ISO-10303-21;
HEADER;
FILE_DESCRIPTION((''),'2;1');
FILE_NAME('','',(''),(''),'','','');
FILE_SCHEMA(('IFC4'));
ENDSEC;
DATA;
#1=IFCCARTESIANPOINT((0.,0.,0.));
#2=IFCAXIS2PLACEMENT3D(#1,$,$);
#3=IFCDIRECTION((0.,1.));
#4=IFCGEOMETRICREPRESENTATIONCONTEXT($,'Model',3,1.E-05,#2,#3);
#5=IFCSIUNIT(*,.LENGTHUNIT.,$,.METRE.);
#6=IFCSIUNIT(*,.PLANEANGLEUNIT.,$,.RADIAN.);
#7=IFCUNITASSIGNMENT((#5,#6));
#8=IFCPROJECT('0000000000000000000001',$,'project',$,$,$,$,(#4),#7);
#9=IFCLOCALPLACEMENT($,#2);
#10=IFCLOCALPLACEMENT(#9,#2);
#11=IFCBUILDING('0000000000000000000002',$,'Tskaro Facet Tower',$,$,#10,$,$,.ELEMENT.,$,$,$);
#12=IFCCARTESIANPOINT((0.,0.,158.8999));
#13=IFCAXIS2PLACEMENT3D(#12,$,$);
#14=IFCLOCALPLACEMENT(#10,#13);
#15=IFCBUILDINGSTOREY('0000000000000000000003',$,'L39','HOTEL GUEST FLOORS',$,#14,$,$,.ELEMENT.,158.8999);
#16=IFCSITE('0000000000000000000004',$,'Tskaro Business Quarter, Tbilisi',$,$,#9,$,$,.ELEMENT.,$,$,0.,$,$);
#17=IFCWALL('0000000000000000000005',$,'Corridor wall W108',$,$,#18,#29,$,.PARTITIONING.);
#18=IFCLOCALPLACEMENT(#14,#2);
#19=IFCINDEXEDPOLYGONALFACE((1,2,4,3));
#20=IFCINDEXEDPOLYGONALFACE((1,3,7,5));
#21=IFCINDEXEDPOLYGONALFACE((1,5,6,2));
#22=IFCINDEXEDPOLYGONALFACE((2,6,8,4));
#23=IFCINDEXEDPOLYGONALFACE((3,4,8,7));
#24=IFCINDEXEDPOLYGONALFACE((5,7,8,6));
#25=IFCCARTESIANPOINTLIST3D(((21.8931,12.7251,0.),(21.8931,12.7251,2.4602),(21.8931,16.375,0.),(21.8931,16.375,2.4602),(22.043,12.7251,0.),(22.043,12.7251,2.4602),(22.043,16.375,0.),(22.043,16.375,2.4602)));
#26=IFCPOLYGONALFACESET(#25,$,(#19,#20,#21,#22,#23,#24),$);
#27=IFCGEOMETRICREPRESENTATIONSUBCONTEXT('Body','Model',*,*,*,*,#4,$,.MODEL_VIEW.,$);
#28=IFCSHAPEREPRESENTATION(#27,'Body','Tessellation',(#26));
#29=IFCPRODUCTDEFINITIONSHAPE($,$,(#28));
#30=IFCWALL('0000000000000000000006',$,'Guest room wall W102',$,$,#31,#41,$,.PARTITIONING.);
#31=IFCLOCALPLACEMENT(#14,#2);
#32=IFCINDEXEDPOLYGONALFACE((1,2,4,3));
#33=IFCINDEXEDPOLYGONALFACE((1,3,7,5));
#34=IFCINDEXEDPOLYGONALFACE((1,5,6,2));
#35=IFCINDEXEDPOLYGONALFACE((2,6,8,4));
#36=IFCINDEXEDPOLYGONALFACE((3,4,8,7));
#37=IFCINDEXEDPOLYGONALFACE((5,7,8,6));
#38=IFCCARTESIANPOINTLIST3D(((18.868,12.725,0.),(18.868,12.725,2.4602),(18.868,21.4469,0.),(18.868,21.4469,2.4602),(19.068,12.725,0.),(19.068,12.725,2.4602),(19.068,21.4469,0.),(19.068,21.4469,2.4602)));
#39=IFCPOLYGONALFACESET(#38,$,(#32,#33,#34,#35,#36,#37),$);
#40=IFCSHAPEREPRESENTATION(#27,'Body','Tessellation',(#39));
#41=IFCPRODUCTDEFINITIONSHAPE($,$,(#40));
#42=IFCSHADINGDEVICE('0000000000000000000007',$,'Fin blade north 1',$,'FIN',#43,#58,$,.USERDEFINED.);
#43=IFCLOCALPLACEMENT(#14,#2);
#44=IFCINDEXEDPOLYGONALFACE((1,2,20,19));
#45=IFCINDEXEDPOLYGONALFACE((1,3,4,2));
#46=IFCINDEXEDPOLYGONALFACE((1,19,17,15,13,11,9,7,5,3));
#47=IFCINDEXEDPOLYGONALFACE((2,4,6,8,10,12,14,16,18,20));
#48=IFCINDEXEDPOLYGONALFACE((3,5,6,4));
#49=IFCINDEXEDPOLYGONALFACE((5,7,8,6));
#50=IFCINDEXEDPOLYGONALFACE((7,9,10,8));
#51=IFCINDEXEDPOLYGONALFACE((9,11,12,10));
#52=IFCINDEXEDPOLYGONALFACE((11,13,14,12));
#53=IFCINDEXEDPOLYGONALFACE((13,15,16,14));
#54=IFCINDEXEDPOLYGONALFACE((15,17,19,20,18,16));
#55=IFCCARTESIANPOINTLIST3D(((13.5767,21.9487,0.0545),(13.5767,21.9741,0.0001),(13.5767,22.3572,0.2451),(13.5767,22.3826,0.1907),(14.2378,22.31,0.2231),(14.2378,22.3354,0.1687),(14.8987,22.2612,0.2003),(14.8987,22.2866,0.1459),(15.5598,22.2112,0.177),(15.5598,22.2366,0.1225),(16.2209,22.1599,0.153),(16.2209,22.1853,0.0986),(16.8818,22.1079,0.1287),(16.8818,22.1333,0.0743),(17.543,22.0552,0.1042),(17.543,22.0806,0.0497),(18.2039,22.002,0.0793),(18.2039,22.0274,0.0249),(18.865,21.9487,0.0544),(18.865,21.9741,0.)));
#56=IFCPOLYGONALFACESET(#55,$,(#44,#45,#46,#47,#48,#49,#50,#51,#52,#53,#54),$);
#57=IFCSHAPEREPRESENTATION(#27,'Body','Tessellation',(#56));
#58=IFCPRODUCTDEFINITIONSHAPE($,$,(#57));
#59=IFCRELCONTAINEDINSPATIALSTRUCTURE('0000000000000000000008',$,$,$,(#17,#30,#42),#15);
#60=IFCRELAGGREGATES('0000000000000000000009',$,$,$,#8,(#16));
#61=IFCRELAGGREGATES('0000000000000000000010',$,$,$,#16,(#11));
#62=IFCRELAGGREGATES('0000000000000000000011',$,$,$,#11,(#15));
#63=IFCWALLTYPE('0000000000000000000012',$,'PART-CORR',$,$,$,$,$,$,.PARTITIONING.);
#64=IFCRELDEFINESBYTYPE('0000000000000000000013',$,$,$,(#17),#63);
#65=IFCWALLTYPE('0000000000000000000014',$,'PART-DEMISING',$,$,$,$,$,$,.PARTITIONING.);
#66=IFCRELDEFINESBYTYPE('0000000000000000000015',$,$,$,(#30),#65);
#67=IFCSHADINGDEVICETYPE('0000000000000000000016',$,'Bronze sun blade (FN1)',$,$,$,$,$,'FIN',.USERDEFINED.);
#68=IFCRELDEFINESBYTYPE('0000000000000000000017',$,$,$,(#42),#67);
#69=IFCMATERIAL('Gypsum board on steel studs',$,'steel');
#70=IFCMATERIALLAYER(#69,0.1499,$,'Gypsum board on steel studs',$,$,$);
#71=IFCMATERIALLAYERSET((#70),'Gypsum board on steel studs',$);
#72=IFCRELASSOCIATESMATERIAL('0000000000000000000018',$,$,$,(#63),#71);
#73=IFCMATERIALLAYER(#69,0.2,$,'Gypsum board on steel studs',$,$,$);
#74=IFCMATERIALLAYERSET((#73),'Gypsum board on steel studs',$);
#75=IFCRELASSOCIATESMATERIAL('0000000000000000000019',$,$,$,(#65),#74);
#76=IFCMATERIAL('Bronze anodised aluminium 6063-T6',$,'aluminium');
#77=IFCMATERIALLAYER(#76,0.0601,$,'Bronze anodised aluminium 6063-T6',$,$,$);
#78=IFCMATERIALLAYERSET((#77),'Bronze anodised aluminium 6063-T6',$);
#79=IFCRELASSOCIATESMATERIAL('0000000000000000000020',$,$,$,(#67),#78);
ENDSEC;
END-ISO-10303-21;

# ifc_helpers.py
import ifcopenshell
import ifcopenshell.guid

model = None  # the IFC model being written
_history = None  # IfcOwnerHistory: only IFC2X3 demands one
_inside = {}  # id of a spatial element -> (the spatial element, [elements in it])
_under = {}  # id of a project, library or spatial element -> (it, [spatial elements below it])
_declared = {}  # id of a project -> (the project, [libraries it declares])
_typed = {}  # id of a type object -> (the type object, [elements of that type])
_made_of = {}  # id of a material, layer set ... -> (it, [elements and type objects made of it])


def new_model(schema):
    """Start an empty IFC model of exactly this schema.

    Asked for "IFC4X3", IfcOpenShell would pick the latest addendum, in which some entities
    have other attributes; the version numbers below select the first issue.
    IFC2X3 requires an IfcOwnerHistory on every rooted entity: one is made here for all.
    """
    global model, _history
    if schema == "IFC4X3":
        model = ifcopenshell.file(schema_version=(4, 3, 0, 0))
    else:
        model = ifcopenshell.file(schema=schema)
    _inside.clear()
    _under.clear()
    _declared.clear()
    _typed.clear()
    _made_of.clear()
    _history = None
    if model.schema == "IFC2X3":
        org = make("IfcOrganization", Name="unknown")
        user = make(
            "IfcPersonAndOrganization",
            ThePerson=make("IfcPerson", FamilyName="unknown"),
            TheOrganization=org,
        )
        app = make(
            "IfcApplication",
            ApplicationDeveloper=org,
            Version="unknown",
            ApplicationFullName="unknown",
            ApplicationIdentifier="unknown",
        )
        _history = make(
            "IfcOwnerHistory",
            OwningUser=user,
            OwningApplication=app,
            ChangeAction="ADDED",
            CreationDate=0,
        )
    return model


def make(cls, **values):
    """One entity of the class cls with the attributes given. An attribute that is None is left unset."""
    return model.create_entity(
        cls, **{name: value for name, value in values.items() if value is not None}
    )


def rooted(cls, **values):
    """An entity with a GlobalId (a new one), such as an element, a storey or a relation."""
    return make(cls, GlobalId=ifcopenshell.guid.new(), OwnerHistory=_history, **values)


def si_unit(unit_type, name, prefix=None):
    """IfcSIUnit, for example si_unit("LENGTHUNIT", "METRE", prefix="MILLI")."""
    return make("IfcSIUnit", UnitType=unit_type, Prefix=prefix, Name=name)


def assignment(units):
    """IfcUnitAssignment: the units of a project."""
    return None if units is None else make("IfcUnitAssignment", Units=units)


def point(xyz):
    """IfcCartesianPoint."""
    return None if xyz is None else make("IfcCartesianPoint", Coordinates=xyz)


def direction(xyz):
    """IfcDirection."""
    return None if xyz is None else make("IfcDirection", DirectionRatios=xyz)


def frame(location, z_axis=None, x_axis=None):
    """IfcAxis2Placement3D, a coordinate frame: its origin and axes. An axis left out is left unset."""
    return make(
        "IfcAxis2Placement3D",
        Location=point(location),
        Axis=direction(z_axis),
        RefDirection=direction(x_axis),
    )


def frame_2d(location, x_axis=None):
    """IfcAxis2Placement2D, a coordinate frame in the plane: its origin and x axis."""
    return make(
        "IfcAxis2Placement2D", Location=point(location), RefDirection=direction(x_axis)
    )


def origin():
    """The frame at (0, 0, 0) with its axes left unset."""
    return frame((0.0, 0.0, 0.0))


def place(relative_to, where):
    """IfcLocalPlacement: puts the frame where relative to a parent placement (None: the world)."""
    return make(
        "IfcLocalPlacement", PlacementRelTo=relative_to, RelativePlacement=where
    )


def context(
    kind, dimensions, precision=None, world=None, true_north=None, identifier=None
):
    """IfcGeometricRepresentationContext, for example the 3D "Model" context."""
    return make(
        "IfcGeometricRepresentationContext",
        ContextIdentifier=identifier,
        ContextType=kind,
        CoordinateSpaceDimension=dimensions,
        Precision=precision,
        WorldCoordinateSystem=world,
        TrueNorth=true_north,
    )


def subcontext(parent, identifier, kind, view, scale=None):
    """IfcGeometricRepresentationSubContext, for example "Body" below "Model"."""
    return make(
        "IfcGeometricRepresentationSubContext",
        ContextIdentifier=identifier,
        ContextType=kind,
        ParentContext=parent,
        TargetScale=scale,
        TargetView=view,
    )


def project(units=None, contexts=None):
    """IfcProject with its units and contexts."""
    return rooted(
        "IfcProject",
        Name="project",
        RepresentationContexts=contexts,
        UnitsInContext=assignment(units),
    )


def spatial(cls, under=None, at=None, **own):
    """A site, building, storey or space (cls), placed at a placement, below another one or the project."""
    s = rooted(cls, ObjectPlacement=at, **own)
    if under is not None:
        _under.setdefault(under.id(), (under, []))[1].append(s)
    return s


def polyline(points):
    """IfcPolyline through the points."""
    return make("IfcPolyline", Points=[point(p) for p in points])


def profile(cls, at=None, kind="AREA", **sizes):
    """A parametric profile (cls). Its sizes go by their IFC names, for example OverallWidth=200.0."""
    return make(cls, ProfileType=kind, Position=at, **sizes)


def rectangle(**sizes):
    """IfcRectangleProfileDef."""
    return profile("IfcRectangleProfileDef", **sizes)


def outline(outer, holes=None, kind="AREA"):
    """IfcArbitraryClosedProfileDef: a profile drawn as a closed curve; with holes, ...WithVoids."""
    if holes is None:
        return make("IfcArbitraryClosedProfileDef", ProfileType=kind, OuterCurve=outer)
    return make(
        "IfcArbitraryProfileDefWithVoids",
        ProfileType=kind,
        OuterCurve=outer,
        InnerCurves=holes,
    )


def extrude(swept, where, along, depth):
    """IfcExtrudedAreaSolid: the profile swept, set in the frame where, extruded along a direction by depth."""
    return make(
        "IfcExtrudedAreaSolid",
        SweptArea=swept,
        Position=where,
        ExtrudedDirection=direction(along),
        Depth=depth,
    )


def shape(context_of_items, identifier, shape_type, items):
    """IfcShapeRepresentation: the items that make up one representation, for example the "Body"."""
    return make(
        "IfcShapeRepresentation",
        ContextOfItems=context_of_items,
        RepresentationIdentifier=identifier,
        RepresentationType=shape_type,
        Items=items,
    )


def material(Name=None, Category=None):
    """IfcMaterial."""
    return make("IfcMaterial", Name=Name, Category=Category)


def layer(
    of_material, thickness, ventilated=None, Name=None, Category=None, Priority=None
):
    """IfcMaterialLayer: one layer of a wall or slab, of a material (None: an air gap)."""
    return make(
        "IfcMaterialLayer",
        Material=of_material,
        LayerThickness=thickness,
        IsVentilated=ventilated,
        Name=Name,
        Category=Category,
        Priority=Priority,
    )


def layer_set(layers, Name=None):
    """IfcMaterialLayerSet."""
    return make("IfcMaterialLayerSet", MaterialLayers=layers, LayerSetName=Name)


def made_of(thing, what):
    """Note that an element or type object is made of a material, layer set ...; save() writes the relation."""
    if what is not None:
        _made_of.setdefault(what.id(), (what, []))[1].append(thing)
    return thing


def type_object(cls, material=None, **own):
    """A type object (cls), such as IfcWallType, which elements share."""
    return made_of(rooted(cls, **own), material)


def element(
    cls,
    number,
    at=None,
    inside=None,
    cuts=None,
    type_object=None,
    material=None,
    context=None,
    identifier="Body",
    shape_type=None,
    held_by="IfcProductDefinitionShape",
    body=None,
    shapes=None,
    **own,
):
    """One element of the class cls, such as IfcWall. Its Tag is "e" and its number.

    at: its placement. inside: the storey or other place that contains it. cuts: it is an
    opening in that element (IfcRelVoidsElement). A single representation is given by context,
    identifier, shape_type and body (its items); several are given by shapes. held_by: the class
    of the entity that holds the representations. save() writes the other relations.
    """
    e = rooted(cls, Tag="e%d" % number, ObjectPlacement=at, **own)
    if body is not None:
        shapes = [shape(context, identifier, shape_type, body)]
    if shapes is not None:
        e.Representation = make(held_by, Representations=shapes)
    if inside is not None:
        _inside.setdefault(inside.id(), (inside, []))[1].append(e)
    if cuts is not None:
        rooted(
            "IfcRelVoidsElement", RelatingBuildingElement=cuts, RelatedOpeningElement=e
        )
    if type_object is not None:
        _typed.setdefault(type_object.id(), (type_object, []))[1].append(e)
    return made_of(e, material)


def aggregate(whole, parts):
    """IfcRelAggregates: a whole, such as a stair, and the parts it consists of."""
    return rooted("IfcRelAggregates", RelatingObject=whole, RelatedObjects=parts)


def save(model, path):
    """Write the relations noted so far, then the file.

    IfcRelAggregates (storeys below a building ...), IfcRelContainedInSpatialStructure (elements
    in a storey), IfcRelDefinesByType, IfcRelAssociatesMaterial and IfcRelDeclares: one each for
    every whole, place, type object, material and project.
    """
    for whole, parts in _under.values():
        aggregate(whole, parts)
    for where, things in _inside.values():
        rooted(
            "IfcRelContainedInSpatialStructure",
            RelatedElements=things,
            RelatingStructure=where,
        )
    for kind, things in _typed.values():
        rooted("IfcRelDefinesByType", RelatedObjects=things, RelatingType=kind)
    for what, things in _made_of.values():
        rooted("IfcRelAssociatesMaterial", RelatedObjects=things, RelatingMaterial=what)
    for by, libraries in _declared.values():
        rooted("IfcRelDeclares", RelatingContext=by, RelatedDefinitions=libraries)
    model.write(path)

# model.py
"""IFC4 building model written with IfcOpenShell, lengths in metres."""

from ifc_helpers import new_model, si_unit, direction, frame, frame_2d, origin, place, context, subcontext, project, spatial, polyline, rectangle, outline, extrude, material, layer, layer_set, type_object, element, save


model = new_model("IFC4")

# Units and contexts
model_context = context("Model", 3, precision=1e-05, world=origin(), true_north=direction((0.0, 1.0)))
body_context = subcontext(model_context, "Body", "Model", "MODEL_VIEW")
ifc_project = project(units=[si_unit("LENGTHUNIT", "METRE"), si_unit("PLANEANGLEUNIT", "RADIAN")], contexts=[model_context])

# Site, building, storey
site_placement = place(None, origin())
site = spatial("IfcSite", under=ifc_project, at=site_placement, Name="Tskaro Business Quarter, Tbilisi", CompositionType="ELEMENT", RefElevation=0.0)
building_placement = place(site_placement, origin())
building = spatial("IfcBuilding", under=site, at=building_placement, Name="Tskaro Facet Tower", CompositionType="ELEMENT")
storey_placement = place(building_placement, frame((0.0, 0.0, 158.8999)))
storey = spatial("IfcBuildingStorey", under=building, at=storey_placement, Name="L39", Description="HOTEL GUEST FLOORS", CompositionType="ELEMENT", Elevation=158.8999)

# Shared definitions
ifc_material_1 = material(Name="Bronze anodised aluminium 6063-T6", Category="aluminium")

# Shared definitions
ifc_material_2 = material(Name="Gypsum board on steel studs", Category="steel")
ifc_layer_1 = layer(ifc_material_2, 0.1499, Name="Gypsum board on steel studs")
ifc_layer_set_1 = layer_set([ifc_layer_1], Name="Gypsum board on steel studs")
wall_type_1 = type_object("IfcWallType", Name="PART-CORR", PredefinedType="PARTITIONING", material=ifc_layer_set_1)

# Walls
wall_1_placement = place(storey_placement, frame((21.968, 12.7251, 0.0), z_axis=(0.0, 0.0, 1.0), x_axis=(0.0, 1.0, 0.0)))
element("IfcWall", 1, at=wall_1_placement, inside=storey, type_object=wall_type_1, Name="Corridor wall W108", PredefinedType="PARTITIONING", context=body_context, shape_type="SweptSolid", body=[
    extrude(rectangle(XDim=3.6499, YDim=0.1499, at=frame_2d((1.825, 0.0))), origin(), (0.0, 0.0, 1.0), 2.4602),
])
ifc_layer_2 = layer(ifc_material_2, 0.2, Name="Gypsum board on steel studs")
ifc_layer_set_2 = layer_set([ifc_layer_2], Name="Gypsum board on steel studs")
wall_type_2 = type_object("IfcWallType", Name="PART-DEMISING", PredefinedType="PARTITIONING", material=ifc_layer_set_2)
wall_2_placement = place(storey_placement, frame((18.968, 12.7251, 0.0), z_axis=(0.0, 0.0, 1.0), x_axis=(0.0, 1.0, 0.0)))
element("IfcWall", 2, at=wall_2_placement, inside=storey, type_object=wall_type_2, Name="Guest room wall W102", PredefinedType="PARTITIONING", context=body_context, shape_type="SweptSolid", body=[
    extrude(rectangle(XDim=8.7219, YDim=0.2, at=frame_2d((4.3608, 0.0))), origin(), (0.0, 0.0, 1.0), 2.4602),
])

# Shading device
ifc_layer_3 = layer(ifc_material_1, 0.0601, Name="Bronze anodised aluminium 6063-T6")
ifc_layer_set_3 = layer_set([ifc_layer_3], Name="Bronze anodised aluminium 6063-T6")
shading_device_type = type_object("IfcShadingDeviceType", Name="Bronze sun blade (FN1)", ElementType="FIN", PredefinedType="USERDEFINED", material=ifc_layer_set_3)
shading_device_1_placement = place(storey_placement, frame((18.865, 21.9487, 0.0544), z_axis=(0.000007, -0.422922, 0.906166), x_axis=(-1.0, -0.000003, 0.000006)))
element("IfcShadingDevice", 3, at=shading_device_1_placement, inside=storey, type_object=shading_device_type, Name="Fin blade north 1", ObjectType="FIN", PredefinedType="USERDEFINED", context=body_context, shape_type="SweptSolid", body=[
    extrude(outline(polyline([(0.0, 0.0), (5.2883, 0.0), (5.2883, -0.4508), (4.6272, -0.3987), (3.9663, -0.3448), (3.3052, -0.2897), (2.644, -0.2331), (1.9832, -0.1756), (1.322, -0.1175), (0.6611, -0.0588), (0.0, 0.0)])), origin(), (0.0, 0.0, -1.0), 0.0601),
])

save(model, "model.ifc")
